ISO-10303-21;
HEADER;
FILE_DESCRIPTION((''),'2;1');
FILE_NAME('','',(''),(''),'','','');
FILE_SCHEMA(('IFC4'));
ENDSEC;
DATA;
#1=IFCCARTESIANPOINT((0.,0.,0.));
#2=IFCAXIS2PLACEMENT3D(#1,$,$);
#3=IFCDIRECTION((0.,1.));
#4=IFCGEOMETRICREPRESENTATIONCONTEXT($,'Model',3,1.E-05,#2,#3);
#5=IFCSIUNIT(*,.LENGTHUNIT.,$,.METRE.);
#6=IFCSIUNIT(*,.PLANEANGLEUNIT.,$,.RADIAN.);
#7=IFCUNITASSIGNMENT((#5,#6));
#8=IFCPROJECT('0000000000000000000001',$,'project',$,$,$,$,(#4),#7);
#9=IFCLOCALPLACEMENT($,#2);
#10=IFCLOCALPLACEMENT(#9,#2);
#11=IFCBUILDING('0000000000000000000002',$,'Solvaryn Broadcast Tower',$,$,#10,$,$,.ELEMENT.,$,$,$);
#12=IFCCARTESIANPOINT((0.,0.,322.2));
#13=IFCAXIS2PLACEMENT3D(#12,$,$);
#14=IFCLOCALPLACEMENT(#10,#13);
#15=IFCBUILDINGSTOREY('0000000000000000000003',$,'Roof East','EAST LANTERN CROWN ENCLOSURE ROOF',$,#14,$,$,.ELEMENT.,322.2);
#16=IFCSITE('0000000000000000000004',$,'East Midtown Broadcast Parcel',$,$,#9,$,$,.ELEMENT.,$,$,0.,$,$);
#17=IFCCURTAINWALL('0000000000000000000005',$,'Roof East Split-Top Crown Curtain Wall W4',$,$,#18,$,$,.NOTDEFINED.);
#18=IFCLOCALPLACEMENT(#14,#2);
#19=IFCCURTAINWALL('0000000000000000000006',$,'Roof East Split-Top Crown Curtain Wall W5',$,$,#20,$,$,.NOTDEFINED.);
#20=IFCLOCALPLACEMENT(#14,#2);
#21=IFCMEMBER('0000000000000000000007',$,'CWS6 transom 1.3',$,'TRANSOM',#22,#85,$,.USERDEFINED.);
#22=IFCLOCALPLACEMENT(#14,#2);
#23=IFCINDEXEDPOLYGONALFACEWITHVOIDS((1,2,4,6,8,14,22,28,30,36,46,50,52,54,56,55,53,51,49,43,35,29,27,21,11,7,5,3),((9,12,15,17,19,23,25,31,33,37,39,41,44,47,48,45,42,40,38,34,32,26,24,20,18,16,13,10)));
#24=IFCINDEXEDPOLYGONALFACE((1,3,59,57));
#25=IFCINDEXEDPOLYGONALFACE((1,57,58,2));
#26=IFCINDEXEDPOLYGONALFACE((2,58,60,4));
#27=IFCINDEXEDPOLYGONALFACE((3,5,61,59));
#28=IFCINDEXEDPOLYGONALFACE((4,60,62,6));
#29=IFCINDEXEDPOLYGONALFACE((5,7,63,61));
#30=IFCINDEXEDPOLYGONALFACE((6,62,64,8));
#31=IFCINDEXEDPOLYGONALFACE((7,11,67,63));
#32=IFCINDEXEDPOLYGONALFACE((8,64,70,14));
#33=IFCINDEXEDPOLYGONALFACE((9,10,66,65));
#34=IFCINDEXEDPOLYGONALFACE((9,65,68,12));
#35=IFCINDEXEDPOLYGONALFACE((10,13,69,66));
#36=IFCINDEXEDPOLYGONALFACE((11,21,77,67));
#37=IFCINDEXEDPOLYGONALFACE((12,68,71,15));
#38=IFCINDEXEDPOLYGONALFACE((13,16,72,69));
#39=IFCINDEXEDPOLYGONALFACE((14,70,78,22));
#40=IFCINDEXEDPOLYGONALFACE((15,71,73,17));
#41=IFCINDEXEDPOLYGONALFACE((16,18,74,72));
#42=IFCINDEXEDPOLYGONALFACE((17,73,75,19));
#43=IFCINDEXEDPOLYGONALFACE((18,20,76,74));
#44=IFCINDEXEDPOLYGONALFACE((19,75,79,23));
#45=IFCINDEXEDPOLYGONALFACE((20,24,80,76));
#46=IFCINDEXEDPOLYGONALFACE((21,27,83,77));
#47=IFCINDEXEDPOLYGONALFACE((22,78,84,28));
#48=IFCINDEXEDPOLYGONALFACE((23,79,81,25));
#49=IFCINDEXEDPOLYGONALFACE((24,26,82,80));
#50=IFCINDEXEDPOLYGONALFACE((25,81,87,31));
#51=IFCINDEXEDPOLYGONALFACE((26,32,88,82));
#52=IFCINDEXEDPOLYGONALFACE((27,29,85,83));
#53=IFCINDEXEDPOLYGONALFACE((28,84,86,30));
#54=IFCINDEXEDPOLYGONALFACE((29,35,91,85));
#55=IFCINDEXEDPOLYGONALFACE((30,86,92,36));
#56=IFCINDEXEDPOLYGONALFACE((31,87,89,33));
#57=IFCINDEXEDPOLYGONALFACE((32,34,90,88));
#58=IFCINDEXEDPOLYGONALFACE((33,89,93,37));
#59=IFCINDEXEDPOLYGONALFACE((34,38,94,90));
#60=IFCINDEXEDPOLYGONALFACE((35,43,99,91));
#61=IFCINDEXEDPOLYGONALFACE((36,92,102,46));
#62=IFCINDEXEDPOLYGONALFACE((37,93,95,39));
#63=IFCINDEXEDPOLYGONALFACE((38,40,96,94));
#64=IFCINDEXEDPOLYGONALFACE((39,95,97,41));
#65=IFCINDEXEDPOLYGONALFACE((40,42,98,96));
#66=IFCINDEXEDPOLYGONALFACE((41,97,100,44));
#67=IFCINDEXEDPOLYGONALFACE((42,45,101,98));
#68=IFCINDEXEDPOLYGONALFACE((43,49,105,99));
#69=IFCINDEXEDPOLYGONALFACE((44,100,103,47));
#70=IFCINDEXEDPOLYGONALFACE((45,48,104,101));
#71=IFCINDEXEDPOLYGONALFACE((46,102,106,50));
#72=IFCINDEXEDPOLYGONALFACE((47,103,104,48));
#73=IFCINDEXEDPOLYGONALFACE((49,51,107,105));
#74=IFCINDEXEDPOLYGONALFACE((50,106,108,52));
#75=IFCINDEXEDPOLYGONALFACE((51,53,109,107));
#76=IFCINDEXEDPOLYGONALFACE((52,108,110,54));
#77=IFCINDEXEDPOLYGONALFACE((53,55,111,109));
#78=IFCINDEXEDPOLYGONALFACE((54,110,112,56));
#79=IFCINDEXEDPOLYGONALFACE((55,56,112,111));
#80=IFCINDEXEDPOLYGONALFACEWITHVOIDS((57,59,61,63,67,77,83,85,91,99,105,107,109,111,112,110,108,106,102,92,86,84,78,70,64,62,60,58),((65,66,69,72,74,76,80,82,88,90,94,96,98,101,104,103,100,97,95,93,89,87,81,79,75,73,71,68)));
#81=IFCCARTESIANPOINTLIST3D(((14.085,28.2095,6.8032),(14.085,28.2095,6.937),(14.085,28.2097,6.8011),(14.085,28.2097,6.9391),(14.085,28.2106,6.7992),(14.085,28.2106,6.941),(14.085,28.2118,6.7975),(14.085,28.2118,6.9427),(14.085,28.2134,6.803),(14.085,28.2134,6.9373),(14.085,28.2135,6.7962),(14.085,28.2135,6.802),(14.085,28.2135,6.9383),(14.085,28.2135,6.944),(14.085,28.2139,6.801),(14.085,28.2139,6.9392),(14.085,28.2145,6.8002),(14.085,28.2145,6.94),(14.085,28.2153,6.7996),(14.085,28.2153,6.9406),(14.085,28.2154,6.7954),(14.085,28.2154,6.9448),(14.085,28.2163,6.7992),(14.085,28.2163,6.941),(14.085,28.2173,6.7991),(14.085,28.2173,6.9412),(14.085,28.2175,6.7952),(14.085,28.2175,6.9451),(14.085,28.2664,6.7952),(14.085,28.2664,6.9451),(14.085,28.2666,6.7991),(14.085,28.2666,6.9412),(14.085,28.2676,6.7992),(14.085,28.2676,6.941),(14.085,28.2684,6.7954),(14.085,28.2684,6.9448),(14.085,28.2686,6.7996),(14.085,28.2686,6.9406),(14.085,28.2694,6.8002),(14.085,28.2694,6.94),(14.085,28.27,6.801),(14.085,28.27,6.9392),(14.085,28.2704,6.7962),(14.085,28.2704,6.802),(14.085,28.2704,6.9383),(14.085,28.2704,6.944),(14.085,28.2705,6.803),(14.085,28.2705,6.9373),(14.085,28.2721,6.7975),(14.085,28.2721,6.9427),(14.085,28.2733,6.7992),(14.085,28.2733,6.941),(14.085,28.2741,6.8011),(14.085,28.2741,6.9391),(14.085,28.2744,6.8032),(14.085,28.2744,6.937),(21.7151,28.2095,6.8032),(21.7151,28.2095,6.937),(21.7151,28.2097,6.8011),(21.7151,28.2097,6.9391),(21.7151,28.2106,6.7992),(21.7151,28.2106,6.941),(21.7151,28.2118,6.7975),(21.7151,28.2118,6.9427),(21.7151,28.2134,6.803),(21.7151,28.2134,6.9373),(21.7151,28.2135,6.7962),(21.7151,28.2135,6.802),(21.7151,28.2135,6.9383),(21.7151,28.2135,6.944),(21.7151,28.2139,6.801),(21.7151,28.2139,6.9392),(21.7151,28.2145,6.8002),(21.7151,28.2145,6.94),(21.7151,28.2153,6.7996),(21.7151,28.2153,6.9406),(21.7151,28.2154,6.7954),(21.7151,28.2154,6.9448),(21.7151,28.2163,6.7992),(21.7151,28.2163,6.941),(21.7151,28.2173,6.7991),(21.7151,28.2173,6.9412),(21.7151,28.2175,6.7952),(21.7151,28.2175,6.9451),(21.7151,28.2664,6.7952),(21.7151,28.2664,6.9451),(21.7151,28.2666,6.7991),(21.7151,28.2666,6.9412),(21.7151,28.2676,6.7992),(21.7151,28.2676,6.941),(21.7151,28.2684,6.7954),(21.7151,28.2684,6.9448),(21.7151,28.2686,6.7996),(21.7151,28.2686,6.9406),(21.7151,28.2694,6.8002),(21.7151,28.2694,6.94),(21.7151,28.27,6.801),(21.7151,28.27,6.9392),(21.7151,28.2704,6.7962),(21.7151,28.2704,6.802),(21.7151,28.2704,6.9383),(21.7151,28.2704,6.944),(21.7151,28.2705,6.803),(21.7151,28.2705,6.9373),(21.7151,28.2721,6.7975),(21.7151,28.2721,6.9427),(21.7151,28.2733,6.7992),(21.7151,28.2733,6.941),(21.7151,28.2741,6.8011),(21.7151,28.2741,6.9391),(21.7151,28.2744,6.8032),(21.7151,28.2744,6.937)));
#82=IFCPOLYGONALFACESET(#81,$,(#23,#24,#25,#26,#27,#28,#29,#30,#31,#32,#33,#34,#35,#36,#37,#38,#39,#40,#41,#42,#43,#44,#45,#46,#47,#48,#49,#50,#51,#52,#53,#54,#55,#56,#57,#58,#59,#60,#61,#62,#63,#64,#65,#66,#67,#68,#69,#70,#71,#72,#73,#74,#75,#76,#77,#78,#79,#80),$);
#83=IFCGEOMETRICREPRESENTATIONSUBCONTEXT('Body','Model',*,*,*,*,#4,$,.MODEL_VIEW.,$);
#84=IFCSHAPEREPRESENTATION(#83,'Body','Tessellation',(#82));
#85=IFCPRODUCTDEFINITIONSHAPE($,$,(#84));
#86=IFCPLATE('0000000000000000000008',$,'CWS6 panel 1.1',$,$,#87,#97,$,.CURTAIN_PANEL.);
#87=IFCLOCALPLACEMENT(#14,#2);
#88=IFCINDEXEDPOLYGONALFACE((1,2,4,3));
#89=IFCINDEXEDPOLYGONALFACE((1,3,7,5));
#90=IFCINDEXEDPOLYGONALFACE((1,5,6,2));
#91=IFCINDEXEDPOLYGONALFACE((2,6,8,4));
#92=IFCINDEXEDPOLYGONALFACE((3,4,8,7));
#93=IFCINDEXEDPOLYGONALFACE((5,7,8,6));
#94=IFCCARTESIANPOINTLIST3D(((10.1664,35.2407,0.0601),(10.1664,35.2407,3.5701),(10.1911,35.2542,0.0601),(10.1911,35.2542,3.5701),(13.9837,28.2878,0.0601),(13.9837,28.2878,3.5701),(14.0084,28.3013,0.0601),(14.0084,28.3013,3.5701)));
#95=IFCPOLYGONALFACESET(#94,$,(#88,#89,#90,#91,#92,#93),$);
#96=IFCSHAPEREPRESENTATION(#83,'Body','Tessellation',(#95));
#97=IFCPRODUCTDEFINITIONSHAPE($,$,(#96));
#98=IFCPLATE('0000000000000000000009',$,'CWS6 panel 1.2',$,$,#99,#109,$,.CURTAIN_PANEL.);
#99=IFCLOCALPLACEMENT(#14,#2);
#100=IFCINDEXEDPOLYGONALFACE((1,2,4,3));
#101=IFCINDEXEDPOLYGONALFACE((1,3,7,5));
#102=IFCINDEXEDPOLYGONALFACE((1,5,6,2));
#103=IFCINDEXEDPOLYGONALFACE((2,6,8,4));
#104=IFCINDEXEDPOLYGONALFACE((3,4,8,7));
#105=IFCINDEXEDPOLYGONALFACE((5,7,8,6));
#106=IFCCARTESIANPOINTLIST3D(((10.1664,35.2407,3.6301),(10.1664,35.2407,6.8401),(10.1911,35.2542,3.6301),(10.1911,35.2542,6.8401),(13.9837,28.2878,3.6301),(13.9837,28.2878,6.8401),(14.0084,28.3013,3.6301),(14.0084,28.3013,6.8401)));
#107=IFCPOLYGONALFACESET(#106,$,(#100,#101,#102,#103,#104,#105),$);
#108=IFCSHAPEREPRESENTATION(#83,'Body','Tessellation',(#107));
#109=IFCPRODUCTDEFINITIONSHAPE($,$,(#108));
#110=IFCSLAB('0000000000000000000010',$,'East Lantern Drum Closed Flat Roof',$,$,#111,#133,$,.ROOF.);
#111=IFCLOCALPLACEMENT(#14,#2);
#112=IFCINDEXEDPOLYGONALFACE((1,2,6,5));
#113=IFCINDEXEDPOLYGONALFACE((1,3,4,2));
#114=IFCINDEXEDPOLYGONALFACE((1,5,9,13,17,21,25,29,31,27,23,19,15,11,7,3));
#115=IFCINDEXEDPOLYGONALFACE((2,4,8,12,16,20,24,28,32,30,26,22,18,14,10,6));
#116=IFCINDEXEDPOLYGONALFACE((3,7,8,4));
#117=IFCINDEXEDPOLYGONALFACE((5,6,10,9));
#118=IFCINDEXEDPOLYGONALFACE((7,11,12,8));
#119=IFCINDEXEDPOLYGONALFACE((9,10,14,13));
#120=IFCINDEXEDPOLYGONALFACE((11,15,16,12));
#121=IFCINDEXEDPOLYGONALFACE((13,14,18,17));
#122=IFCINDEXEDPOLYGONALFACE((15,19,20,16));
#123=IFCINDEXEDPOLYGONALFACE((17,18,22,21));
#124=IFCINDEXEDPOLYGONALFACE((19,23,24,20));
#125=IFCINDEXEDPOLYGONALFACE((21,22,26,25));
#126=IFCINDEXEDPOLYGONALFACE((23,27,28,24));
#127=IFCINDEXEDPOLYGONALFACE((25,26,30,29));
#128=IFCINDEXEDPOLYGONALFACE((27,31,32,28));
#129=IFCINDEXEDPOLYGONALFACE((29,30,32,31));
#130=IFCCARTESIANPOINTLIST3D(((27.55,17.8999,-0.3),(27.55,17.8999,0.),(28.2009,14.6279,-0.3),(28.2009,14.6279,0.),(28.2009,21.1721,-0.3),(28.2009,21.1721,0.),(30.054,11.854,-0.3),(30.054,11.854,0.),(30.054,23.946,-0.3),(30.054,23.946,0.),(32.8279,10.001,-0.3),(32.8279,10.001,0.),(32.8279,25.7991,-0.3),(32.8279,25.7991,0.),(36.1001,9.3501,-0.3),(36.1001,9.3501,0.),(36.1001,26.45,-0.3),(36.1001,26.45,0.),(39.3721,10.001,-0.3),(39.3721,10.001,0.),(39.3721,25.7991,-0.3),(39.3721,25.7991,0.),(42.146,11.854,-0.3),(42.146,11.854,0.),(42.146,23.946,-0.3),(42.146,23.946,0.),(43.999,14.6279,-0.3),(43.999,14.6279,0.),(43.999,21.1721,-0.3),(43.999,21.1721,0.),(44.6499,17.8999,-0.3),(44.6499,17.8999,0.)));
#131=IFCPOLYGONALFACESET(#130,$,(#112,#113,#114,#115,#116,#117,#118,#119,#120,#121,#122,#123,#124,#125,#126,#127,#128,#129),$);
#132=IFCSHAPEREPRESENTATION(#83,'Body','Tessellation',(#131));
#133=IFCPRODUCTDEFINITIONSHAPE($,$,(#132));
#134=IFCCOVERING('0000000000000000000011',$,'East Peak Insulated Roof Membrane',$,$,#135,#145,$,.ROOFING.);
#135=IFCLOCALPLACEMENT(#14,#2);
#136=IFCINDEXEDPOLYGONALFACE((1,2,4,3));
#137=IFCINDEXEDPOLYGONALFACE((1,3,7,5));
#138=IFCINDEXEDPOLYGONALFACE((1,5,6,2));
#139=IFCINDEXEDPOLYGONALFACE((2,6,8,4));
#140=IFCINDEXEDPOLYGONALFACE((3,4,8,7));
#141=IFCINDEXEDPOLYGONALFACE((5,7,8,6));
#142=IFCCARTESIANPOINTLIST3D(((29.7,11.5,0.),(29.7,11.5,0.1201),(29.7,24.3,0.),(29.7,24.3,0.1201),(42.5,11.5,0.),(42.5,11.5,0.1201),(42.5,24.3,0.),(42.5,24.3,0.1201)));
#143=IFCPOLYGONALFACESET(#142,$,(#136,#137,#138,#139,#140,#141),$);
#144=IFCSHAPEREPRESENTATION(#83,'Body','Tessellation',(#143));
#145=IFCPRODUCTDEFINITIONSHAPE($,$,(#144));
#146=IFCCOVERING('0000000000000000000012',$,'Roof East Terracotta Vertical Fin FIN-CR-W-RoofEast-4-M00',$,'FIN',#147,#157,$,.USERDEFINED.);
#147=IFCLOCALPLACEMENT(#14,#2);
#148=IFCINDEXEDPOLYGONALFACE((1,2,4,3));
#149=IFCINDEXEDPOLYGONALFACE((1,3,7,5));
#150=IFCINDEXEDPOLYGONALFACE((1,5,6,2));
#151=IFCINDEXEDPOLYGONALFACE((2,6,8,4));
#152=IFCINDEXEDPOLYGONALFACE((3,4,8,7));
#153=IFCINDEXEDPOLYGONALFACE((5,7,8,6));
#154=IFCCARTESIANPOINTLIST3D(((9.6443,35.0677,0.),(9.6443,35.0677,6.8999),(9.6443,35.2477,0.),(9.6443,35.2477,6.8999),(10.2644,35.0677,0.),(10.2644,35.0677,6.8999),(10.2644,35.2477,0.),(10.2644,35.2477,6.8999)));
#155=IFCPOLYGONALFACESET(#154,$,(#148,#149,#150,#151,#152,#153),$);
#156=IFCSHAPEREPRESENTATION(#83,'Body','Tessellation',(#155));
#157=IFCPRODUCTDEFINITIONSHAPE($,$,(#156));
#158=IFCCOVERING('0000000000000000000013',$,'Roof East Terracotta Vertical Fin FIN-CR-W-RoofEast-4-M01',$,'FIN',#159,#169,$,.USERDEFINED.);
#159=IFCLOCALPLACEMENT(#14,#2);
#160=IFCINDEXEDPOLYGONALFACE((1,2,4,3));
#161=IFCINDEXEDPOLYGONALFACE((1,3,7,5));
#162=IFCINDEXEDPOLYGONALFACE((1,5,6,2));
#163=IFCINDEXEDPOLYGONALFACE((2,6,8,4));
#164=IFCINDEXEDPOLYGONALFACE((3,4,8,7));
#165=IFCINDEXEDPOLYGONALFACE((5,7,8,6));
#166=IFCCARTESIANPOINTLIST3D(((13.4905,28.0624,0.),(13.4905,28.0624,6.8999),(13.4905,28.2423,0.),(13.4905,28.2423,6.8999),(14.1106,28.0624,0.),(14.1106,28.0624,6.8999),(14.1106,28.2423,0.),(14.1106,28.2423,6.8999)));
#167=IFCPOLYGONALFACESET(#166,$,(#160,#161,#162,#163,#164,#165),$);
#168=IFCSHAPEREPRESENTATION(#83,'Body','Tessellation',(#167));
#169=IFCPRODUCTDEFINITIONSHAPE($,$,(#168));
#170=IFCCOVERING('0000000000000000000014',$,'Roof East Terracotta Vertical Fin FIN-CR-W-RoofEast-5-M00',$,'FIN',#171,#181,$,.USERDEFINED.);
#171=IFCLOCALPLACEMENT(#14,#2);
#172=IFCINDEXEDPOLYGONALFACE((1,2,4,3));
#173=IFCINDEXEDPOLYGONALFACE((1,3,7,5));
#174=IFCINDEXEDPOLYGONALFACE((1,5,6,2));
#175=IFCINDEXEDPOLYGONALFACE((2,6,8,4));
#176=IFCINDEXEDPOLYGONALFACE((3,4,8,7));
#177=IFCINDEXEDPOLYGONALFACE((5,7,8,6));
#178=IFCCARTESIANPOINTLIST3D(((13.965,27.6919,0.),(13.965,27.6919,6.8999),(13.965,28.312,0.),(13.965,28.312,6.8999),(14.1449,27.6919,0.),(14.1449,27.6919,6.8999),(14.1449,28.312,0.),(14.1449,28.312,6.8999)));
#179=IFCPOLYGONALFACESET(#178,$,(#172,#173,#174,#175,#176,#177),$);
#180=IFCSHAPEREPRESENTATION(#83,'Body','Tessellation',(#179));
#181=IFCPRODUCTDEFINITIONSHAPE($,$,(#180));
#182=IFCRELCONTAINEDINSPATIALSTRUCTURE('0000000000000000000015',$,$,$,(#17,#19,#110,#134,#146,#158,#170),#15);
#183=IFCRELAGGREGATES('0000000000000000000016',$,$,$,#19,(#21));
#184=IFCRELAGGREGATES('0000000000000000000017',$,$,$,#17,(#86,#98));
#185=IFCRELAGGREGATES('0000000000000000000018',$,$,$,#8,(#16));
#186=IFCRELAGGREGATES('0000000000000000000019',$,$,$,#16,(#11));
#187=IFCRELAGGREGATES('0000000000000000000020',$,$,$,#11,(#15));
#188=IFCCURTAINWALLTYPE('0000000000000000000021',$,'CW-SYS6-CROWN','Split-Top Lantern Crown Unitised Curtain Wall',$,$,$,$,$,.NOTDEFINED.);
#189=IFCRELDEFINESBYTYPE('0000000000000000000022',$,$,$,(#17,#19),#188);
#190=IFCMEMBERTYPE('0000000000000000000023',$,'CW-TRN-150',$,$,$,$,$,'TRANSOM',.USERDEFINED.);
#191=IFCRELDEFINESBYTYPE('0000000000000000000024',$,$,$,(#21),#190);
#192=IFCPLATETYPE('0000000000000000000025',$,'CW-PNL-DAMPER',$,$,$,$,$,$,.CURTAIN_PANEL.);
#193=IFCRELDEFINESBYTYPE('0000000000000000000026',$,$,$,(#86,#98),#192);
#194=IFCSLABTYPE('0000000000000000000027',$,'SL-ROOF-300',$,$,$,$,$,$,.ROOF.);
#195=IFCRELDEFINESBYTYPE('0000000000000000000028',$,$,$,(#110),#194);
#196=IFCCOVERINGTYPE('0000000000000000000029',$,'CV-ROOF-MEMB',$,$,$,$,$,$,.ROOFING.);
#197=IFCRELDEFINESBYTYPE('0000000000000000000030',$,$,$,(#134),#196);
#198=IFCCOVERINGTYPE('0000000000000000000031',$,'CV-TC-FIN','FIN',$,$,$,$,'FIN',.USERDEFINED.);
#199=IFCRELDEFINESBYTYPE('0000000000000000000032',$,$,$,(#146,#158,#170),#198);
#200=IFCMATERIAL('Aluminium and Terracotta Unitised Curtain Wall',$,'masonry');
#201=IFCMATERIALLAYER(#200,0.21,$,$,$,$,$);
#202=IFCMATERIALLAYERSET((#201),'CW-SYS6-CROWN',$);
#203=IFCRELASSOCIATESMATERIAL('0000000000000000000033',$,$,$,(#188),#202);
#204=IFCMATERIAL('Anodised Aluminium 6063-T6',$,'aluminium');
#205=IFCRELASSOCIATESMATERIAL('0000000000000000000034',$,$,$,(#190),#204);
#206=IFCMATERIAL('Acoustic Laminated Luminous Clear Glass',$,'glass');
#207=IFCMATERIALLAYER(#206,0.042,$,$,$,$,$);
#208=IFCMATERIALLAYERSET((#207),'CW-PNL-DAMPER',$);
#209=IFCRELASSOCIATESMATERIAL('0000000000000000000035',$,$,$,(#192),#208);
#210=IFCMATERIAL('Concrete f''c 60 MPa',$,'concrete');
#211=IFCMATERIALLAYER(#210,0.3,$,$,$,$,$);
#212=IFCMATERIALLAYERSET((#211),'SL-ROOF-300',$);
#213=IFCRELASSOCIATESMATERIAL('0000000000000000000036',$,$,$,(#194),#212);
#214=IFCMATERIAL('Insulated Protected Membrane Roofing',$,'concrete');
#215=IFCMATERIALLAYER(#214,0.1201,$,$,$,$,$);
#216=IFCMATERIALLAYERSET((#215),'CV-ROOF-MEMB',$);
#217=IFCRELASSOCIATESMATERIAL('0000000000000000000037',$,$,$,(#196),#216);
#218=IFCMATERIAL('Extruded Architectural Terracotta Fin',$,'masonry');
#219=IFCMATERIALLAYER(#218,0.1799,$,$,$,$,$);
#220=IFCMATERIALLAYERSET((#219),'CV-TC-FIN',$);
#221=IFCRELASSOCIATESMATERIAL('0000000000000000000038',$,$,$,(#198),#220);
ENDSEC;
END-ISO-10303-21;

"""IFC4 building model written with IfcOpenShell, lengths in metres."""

from ifc_helpers import new_model, si_unit, direction, frame, origin, origin_2d, place, context, subcontext, project, spatial, polyline, rectangle, hollow_rectangle, outline, extrude, material, layer, layer_set, material_profile, profile_set, type_object, element, aggregate, save


model = new_model("IFC4")

# Units and contexts
model_context = context("Model", 3, precision=1e-05, world=origin(), true_north=direction((0.0, 1.0)))
body_context = subcontext(model_context, "Body", "Model", "MODEL_VIEW")
ifc_project = project(units=[si_unit("LENGTHUNIT", "METRE"), si_unit("PLANEANGLEUNIT", "RADIAN")], contexts=[model_context])

# Site, building, storey
site_placement = place(None, origin())
site = spatial("IfcSite", under=ifc_project, at=site_placement, Name="East Midtown Broadcast Parcel", CompositionType="ELEMENT", RefElevation=0.0)
building_placement = place(site_placement, origin())
building = spatial("IfcBuilding", under=site, at=building_placement, Name="Solvaryn Broadcast Tower", CompositionType="ELEMENT")
storey_placement = place(building_placement, frame((0.0, 0.0, 322.2)))
storey = spatial("IfcBuildingStorey", under=building, at=storey_placement, Name="Roof East", Description="EAST LANTERN CROWN ENCLOSURE ROOF", CompositionType="ELEMENT", Elevation=322.2)

# Curtain wall
ifc_material_1 = material(Name="Aluminium and Terracotta Unitised Curtain Wall", Category="masonry")
ifc_layer_1 = layer(ifc_material_1, 0.21)
ifc_layer_set_1 = layer_set([ifc_layer_1], Name="CW-SYS6-CROWN")
curtain_wall_type = type_object("IfcCurtainWallType", Name="CW-SYS6-CROWN", Description="Split-Top Lantern Crown Unitised Curtain Wall", PredefinedType="NOTDEFINED", material=ifc_layer_set_1)
curtain_wall_1_placement = place(storey_placement, origin())
curtain_wall_1 = element("IfcCurtainWall", 1, at=curtain_wall_1_placement, inside=storey, type_object=curtain_wall_type, Name="Roof East Split-Top Crown Curtain Wall W4", PredefinedType="NOTDEFINED")

# Curtain wall
curtain_wall_2_placement = place(storey_placement, origin())
curtain_wall_2 = element("IfcCurtainWall", 2, at=curtain_wall_2_placement, inside=storey, type_object=curtain_wall_type, Name="Roof East Split-Top Crown Curtain Wall W5", PredefinedType="NOTDEFINED")

# Member
ifc_material_2 = material(Name="Anodised Aluminium 6063-T6", Category="aluminium")
ifc_material_profile_1 = material_profile(ifc_material_2, hollow_rectangle(XDim=0.0649, YDim=0.1499, WallThickness=0.0039, InnerFilletRadius=0.0039, OuterFilletRadius=0.0081, at=origin_2d()))
ifc_profile_set_1 = profile_set([ifc_material_profile_1], Name="Anodised Aluminium 6063-T6")
member_type_1 = type_object("IfcMemberType", Name="CW-TRN-150", ElementType="TRANSOM", PredefinedType="USERDEFINED", material=ifc_profile_set_1)
member_1_placement = place(storey_placement, frame((14.085, 28.2419, 6.8701), z_axis=(1.0, 0.0, 0.0), x_axis=(0.0, 1.0, 0.0)))
member_1 = element("IfcMember", 3, at=member_1_placement, type_object=member_type_1, Name="CWS6 transom 1.3", ObjectType="TRANSOM", PredefinedType="USERDEFINED", context=body_context, shape_type="SweptSolid", body=[
    extrude(hollow_rectangle(XDim=0.0649, YDim=0.1499, WallThickness=0.0039, InnerFilletRadius=0.0039, OuterFilletRadius=0.0081, at=origin_2d()), origin(), (0.0, 0.0, 1.0), 7.6301),
])
aggregate(curtain_wall_2, [member_1])

# Plates
ifc_material_3 = material(Name="Acoustic Laminated Luminous Clear Glass", Category="glass")
ifc_layer_2 = layer(ifc_material_3, 0.042)
ifc_layer_set_2 = layer_set([ifc_layer_2], Name="CW-PNL-DAMPER")
plate_type = type_object("IfcPlateType", Name="CW-PNL-DAMPER", PredefinedType="CURTAIN_PANEL", material=ifc_layer_set_2)
plate_1_placement = place(storey_placement, frame((12.0874, 31.771, 0.0601), z_axis=(0.0, 0.0, 1.0), x_axis=(0.481261, -0.876578, 0.0)))
plate_1 = element("IfcPlate", 4, at=plate_1_placement, type_object=plate_type, Name="CWS6 panel 1.1", PredefinedType="CURTAIN_PANEL", context=body_context, shape_type="SweptSolid", body=[
    extrude(rectangle(XDim=7.9319, YDim=0.0281, at=origin_2d()), origin(), (0.0, 0.0, 1.0), 3.51),
])
plate_2_placement = place(storey_placement, frame((12.0874, 31.771, 3.6301), z_axis=(0.0, 0.0, 1.0), x_axis=(0.481261, -0.876578, 0.0)))
plate_2 = element("IfcPlate", 5, at=plate_2_placement, type_object=plate_type, Name="CWS6 panel 1.2", PredefinedType="CURTAIN_PANEL", context=body_context, shape_type="SweptSolid", body=[
    extrude(rectangle(XDim=7.9319, YDim=0.0281, at=origin_2d()), origin(), (0.0, 0.0, 1.0), 3.21),
])
aggregate(curtain_wall_1, [plate_1, plate_2])

# Slab
ifc_material_4 = material(Name="Concrete f'c 60 MPa", Category="concrete")
ifc_layer_3 = layer(ifc_material_4, 0.3)
ifc_layer_set_3 = layer_set([ifc_layer_3], Name="SL-ROOF-300")
slab_type = type_object("IfcSlabType", Name="SL-ROOF-300", PredefinedType="ROOF", material=ifc_layer_set_3)
slab_placement = place(storey_placement, frame((0.0, 0.0, -0.3)))
element("IfcSlab", 6, at=slab_placement, inside=storey, type_object=slab_type, Name="East Lantern Drum Closed Flat Roof", PredefinedType="ROOF", context=body_context, shape_type="SweptSolid", body=[
    extrude(outline(polyline([(44.6499, 17.8999), (43.999, 21.1721), (42.146, 23.946), (39.3721, 25.7991), (36.1001, 26.45), (32.8279, 25.7991), (30.054, 23.946), (28.2009, 21.1721), (27.55, 17.8999), (28.2009, 14.6279), (30.054, 11.854), (32.8279, 10.001), (36.1001, 9.3501), (39.3721, 10.001), (42.146, 11.854), (43.999, 14.6279), (44.6499, 17.8999)])), origin(), (0.0, 0.0, 1.0), 0.3),
])

# Coverings
ifc_material_5 = material(Name="Insulated Protected Membrane Roofing", Category="concrete")
ifc_layer_4 = layer(ifc_material_5, 0.1201)
ifc_layer_set_4 = layer_set([ifc_layer_4], Name="CV-ROOF-MEMB")
covering_type_1 = type_object("IfcCoveringType", Name="CV-ROOF-MEMB", PredefinedType="ROOFING", material=ifc_layer_set_4)
covering_1_placement = place(storey_placement, origin())
element("IfcCovering", 7, at=covering_1_placement, inside=storey, type_object=covering_type_1, Name="East Peak Insulated Roof Membrane", PredefinedType="ROOFING", context=body_context, shape_type="SweptSolid", body=[
    extrude(outline(polyline([(29.7, 11.5), (42.5, 11.5), (42.5, 24.3), (29.7, 24.3), (29.7, 11.5)])), origin(), (0.0, 0.0, 1.0), 0.1201),
])
ifc_material_6 = material(Name="Extruded Architectural Terracotta Fin", Category="masonry")
ifc_layer_5 = layer(ifc_material_6, 0.1799)
ifc_layer_set_5 = layer_set([ifc_layer_5], Name="CV-TC-FIN")
covering_type_2 = type_object("IfcCoveringType", Name="CV-TC-FIN", Description="FIN", ElementType="FIN", PredefinedType="USERDEFINED", material=ifc_layer_set_5)
for number, where, z_axis, x_axis, name in (
    (8, (9.9543, 35.1577, 0.0), (0.0, 0.0, 1.0), (1.0, 0.0, 0.0), "Roof East Terracotta Vertical Fin FIN-CR-W-RoofEast-4-M00"),
    (9, (13.8005, 28.1523, 0.0), (0.0, 0.0, 1.0), (1.0, 0.0, 0.0), "Roof East Terracotta Vertical Fin FIN-CR-W-RoofEast-4-M01"),
):
    element("IfcCovering", number, at=place(storey_placement, frame(where, z_axis=z_axis, x_axis=x_axis)), inside=storey, type_object=covering_type_2, Name=name, ObjectType="FIN", PredefinedType="USERDEFINED", context=body_context, shape_type="SweptSolid", body=[
        extrude(rectangle(XDim=0.6201, YDim=0.1799, at=origin_2d()), origin(), (0.0, 0.0, 1.0), 6.8999),
    ])
covering_2_placement = place(storey_placement, frame((14.0549, 28.002, 0.0), z_axis=(0.0, 0.0, 1.0), x_axis=(1.0, 0.0, 0.0)))
element("IfcCovering", 10, at=covering_2_placement, inside=storey, type_object=covering_type_2, Name="Roof East Terracotta Vertical Fin FIN-CR-W-RoofEast-5-M00", ObjectType="FIN", PredefinedType="USERDEFINED", context=body_context, shape_type="SweptSolid", body=[
    extrude(rectangle(XDim=0.1799, YDim=0.6201, at=origin_2d()), origin(), (0.0, 0.0, 1.0), 6.8999),
])

save(model, "model.ifc")
